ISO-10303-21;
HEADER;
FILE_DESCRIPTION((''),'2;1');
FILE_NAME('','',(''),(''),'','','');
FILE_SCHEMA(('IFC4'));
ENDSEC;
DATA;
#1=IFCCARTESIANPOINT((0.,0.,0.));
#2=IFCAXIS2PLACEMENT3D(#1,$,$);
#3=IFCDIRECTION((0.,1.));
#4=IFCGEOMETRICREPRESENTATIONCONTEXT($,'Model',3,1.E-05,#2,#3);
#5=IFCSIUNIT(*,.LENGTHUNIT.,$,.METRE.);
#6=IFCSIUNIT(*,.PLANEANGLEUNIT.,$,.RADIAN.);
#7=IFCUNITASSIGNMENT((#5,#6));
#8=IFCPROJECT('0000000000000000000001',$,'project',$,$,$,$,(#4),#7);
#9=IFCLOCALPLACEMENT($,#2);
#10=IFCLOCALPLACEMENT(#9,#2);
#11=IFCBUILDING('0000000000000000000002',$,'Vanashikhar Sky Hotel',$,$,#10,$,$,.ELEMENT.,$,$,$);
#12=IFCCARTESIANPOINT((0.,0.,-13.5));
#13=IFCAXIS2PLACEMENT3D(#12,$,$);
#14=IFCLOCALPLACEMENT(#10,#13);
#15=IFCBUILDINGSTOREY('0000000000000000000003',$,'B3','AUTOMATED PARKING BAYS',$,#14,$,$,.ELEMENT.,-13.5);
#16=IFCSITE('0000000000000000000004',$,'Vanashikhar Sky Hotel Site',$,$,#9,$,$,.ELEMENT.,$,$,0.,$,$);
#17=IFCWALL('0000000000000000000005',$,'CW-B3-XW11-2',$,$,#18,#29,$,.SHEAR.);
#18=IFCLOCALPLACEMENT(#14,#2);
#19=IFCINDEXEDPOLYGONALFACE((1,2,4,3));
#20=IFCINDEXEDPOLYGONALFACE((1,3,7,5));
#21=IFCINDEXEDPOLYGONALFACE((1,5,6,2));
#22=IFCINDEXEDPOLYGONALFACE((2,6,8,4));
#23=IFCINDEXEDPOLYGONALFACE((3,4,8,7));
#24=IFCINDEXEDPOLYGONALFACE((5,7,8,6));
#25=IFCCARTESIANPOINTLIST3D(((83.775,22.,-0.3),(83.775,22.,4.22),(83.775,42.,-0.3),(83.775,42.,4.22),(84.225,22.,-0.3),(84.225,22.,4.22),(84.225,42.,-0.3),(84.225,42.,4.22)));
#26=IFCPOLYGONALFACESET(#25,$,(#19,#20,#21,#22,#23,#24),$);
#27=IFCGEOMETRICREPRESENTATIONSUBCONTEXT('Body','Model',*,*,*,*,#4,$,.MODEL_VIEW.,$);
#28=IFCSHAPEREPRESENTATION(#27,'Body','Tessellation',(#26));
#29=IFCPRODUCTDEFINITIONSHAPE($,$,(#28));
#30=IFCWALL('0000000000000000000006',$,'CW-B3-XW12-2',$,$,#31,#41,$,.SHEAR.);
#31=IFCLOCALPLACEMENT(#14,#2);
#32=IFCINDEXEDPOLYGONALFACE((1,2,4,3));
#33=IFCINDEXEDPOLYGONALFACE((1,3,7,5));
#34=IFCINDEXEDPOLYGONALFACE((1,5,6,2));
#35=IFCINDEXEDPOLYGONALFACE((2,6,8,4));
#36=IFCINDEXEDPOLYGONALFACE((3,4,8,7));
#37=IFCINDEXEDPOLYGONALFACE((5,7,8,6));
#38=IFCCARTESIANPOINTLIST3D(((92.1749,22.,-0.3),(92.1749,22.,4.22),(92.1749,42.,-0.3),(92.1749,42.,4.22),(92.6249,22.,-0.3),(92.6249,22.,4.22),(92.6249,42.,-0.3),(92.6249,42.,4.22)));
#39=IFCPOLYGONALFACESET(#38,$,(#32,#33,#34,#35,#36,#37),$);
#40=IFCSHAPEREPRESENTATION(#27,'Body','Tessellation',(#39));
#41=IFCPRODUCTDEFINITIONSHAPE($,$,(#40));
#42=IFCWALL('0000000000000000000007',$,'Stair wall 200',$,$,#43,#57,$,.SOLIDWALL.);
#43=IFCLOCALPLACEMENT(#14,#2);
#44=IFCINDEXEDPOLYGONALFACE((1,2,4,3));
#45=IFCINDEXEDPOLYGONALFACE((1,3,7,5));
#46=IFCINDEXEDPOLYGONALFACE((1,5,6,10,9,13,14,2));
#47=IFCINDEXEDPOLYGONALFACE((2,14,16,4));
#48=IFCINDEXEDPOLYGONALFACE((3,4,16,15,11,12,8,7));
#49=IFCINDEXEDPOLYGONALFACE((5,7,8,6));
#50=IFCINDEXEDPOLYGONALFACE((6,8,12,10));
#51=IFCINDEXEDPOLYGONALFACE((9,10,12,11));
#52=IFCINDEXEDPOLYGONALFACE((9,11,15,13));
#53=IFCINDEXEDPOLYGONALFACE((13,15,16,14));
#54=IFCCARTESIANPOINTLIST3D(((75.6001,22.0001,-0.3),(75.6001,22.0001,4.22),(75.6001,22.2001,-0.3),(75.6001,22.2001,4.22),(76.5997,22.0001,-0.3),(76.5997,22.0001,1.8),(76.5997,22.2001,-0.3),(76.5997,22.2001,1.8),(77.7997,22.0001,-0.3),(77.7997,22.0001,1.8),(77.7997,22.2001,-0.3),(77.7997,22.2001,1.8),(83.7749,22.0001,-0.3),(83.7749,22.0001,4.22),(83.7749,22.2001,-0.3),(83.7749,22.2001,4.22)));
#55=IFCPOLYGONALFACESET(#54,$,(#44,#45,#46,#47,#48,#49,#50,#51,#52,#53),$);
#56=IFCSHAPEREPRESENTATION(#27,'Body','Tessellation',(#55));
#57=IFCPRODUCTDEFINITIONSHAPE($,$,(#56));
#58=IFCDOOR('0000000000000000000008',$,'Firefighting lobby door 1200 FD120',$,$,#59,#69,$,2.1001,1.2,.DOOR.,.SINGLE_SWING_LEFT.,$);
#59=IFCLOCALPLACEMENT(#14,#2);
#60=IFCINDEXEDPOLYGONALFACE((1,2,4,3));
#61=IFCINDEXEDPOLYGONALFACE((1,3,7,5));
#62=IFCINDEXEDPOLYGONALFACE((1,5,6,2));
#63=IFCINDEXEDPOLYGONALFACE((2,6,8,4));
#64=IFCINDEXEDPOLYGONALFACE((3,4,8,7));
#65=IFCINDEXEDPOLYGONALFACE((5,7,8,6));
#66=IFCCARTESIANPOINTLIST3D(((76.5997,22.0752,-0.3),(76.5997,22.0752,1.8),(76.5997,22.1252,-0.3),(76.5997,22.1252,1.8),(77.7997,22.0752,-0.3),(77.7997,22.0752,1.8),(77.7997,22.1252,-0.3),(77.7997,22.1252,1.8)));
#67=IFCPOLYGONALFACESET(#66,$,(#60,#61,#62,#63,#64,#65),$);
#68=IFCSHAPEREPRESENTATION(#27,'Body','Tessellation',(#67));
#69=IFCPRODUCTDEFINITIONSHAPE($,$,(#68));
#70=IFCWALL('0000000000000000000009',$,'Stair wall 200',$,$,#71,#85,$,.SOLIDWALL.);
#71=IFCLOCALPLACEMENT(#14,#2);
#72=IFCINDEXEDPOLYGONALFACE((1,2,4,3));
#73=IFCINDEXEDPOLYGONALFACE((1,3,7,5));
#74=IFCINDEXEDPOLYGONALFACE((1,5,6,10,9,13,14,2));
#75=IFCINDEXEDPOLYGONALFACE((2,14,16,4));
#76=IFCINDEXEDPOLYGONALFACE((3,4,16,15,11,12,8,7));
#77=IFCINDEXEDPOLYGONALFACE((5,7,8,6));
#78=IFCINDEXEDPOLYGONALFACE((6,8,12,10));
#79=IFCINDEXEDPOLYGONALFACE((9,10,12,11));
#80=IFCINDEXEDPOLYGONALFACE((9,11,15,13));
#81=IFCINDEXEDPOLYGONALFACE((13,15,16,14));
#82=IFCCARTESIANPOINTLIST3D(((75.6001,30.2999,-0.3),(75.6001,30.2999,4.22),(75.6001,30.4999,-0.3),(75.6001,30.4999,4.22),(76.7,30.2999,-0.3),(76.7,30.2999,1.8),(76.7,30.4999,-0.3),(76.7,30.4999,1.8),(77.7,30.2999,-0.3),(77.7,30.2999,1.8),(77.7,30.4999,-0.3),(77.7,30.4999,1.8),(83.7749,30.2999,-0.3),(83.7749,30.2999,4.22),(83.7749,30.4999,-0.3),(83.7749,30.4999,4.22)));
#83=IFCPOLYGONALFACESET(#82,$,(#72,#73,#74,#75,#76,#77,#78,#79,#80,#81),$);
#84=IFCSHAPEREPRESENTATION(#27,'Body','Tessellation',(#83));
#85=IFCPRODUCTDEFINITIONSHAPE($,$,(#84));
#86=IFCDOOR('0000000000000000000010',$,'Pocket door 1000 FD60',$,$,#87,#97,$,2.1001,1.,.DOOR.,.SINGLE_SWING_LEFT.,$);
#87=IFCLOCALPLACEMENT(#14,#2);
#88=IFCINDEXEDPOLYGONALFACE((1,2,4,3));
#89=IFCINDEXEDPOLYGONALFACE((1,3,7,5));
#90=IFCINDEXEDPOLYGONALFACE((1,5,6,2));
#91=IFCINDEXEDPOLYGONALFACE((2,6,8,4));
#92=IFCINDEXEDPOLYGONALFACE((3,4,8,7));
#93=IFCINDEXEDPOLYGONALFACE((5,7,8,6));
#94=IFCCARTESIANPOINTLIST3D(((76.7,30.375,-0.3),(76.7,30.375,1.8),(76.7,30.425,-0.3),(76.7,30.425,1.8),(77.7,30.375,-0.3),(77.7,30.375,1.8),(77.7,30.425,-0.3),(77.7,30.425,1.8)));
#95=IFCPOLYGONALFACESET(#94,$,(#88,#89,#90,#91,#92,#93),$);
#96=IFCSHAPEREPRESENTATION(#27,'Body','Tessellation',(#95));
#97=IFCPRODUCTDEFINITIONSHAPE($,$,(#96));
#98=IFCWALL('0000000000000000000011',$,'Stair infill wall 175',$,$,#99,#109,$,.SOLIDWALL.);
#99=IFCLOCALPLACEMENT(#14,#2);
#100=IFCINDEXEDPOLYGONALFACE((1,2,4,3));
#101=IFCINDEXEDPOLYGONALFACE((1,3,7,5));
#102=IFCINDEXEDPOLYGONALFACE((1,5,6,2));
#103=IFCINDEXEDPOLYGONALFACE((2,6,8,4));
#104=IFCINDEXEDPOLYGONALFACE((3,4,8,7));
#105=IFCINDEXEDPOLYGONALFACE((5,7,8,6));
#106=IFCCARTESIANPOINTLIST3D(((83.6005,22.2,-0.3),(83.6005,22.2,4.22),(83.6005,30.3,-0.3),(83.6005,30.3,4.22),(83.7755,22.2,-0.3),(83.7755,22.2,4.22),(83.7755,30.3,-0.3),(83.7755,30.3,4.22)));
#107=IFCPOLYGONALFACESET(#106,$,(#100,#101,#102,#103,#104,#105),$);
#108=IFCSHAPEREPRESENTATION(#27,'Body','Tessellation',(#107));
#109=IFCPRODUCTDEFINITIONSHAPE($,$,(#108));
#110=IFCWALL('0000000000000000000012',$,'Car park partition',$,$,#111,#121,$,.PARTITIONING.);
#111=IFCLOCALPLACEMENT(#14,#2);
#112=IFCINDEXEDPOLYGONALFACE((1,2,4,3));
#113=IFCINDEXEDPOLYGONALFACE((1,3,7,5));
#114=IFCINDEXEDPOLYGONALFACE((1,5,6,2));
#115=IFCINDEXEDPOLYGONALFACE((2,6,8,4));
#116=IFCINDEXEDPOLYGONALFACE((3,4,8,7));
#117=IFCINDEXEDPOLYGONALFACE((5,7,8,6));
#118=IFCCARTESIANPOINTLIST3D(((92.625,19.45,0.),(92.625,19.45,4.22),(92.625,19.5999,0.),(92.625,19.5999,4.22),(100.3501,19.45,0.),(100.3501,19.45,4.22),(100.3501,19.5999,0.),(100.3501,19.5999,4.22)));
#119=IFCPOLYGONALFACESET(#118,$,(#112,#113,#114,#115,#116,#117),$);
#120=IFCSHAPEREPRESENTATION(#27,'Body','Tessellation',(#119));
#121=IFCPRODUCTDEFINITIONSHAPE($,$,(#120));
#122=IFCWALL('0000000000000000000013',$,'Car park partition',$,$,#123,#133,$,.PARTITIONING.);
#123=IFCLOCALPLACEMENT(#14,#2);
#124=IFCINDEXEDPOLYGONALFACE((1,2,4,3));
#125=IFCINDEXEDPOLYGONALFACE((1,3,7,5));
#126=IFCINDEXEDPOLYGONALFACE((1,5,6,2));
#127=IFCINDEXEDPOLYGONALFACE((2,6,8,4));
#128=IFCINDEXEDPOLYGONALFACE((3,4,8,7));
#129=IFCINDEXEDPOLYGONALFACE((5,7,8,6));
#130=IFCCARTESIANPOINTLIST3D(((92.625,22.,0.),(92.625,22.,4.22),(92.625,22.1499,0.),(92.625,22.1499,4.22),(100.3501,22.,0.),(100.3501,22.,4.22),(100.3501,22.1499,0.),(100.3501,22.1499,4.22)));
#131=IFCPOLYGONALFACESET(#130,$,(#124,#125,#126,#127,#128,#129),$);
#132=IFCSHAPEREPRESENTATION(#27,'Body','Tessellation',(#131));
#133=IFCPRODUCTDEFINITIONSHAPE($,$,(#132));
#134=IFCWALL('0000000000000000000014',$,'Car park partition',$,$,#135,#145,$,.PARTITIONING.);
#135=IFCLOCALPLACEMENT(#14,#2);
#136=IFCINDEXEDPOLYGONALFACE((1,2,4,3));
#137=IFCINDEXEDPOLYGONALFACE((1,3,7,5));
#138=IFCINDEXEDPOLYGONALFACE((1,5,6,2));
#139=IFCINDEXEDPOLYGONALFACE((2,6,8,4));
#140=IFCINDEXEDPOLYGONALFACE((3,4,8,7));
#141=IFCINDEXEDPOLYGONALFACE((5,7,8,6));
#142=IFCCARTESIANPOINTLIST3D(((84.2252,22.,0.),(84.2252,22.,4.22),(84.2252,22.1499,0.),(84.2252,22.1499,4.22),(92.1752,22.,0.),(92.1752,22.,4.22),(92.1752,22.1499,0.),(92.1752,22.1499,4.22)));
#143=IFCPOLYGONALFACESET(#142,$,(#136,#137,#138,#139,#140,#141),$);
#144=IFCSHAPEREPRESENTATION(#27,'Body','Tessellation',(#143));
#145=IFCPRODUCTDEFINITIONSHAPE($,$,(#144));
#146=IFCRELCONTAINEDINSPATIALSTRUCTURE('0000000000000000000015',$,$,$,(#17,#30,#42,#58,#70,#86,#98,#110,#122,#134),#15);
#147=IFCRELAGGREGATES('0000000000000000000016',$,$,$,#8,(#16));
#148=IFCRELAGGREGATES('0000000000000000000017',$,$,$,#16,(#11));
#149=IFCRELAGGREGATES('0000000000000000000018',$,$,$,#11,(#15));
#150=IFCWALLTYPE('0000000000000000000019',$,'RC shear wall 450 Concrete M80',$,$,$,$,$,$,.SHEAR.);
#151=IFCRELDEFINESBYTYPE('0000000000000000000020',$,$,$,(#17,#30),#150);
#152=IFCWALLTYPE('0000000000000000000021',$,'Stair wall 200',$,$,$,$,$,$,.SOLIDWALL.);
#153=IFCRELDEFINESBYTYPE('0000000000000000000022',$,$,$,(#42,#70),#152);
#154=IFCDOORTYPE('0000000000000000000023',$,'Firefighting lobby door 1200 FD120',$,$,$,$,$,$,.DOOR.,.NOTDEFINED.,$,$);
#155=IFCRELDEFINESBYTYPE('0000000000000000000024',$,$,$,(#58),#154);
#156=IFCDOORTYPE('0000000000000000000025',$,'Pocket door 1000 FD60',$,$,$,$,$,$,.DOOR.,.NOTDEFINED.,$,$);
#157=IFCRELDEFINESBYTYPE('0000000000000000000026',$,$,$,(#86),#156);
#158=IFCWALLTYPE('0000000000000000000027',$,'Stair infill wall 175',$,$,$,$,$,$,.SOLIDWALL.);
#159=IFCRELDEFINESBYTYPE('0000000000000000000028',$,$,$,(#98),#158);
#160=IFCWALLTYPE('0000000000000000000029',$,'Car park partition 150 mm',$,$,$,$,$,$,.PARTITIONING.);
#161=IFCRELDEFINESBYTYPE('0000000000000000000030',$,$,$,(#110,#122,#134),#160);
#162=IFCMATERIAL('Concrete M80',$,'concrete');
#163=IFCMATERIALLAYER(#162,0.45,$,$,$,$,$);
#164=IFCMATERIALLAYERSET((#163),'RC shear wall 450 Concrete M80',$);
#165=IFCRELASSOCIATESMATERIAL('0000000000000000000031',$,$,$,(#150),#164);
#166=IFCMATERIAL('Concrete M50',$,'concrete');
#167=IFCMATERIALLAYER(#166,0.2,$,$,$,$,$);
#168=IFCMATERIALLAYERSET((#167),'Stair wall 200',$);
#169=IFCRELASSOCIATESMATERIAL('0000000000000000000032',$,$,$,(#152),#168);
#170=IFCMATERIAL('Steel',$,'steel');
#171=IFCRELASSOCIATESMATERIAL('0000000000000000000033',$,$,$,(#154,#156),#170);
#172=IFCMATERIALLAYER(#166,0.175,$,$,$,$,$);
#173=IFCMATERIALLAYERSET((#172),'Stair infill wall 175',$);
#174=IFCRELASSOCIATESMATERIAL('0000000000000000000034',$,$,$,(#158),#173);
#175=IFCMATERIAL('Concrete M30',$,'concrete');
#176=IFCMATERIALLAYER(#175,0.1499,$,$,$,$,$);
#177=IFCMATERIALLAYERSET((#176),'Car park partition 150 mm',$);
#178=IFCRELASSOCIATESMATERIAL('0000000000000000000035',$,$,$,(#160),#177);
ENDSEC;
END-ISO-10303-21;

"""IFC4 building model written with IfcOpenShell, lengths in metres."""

from ifc_helpers import new_model, si_unit, direction, frame, frame_2d, origin, place, context, subcontext, project, spatial, rectangle, extrude, source, transform, mapped, material, layer, layer_set, type_object, element, fill, save


model = new_model("IFC4")

# Units and contexts
model_context = context("Model", 3, precision=1e-05, world=origin(), true_north=direction((0.0, 1.0)))
body_context = subcontext(model_context, "Body", "Model", "MODEL_VIEW")
ifc_project = project(units=[si_unit("LENGTHUNIT", "METRE"), si_unit("PLANEANGLEUNIT", "RADIAN")], contexts=[model_context])

# Site, building, storey
site_placement = place(None, origin())
site = spatial("IfcSite", under=ifc_project, at=site_placement, Name="Vanashikhar Sky Hotel Site", CompositionType="ELEMENT", RefElevation=0.0)
building_placement = place(site_placement, origin())
building = spatial("IfcBuilding", under=site, at=building_placement, Name="Vanashikhar Sky Hotel", CompositionType="ELEMENT")
storey_placement = place(building_placement, frame((0.0, 0.0, -13.5)))
storey = spatial("IfcBuildingStorey", under=building, at=storey_placement, Name="B3", Description="AUTOMATED PARKING BAYS", CompositionType="ELEMENT", Elevation=-13.5)

# Shared definitions
ifc_material_1 = material(Name="Concrete M50", Category="concrete")

# Walls
ifc_material_2 = material(Name="Concrete M80", Category="concrete")
ifc_layer_1 = layer(ifc_material_2, 0.45)
ifc_layer_set_1 = layer_set([ifc_layer_1], Name="RC shear wall 450 Concrete M80")
wall_type_1 = type_object("IfcWallType", Name="RC shear wall 450 Concrete M80", PredefinedType="SHEAR", material=ifc_layer_set_1)
shared_shape_1 = source(origin(), body_context, "Body", "SweptSolid", [
    extrude(rectangle(XDim=20.0, YDim=0.45, at=frame_2d((10.0, 0.0))), origin(), (0.0, 0.0, 1.0), 4.52),
])
for number, where, z_axis, x_axis, name in (
    (1, (84.0, 22.0, -0.3), (0.0, 0.0, 1.0), (0.0, 1.0, 0.0), "CW-B3-XW11-2"),
    (2, (92.3999, 22.0, -0.3), (0.0, 0.0, 1.0), (0.0, 1.0, 0.0), "CW-B3-XW12-2"),
):
    element("IfcWall", number, at=place(storey_placement, frame(where, z_axis=z_axis, x_axis=x_axis)), inside=storey, type_object=wall_type_1, Name=name, PredefinedType="SHEAR", context=body_context, shape_type="MappedRepresentation", body=[
        mapped(shared_shape_1, transform((0.0, 0.0, 0.0), scale=1.0)),
    ])

# Walls, openings, doors
ifc_layer_2 = layer(ifc_material_1, 0.2)
ifc_layer_set_2 = layer_set([ifc_layer_2], Name="Stair wall 200")
wall_type_2 = type_object("IfcWallType", Name="Stair wall 200", PredefinedType="SOLIDWALL", material=ifc_layer_set_2)
shared_shape_2 = source(origin(), body_context, "Body", "SweptSolid", [
    extrude(rectangle(XDim=8.1748, YDim=0.2, at=frame_2d((4.0874, 0.0))), origin(), (0.0, 0.0, 1.0), 4.52),
])
wall_1_placement = place(storey_placement, frame((83.7749, 22.1001, -0.3), z_axis=(0.0, 0.0, 1.0), x_axis=(-1.0, 0.0, 0.0)))
wall_1 = element("IfcWall", 3, at=wall_1_placement, inside=storey, type_object=wall_type_2, Name="Stair wall 200", PredefinedType="SOLIDWALL", context=body_context, shape_type="MappedRepresentation", body=[
    mapped(shared_shape_2, transform((0.0, 0.0, 0.0), scale=1.0)),
])
shared_shape_3 = source(origin(), body_context, "Body", "SweptSolid", [
    extrude(rectangle(XDim=1.2, YDim=2.1001, at=frame_2d((0.6001, 1.05))), frame((0.0, 0.1099, 0.0), z_axis=(0.0, -1.0, 0.0), x_axis=(1.0, 0.0, 0.0)), (0.0, 0.0, 1.0), 0.22),
])
opening_1_placement = place(wall_1_placement, frame((5.9751, 0.0, 0.0)))
opening_1 = element("IfcOpeningElement", 4, at=opening_1_placement, cuts=wall_1, PredefinedType="OPENING", context=body_context, shape_type="MappedRepresentation", body=[
    mapped(shared_shape_3, transform((0.0, 0.0, 0.0), scale=1.0)),
])
ifc_material_3 = material(Name="Steel", Category="steel")
door_type_1 = type_object("IfcDoorType", Name="Firefighting lobby door 1200 FD120", OperationType="NOTDEFINED", PredefinedType="DOOR", material=ifc_material_3)
shared_shape_4 = source(origin(), body_context, "Body", "SweptSolid", [
    extrude(rectangle(XDim=1.2, YDim=2.1001, at=frame_2d((0.6001, 1.05))), frame((0.0, 0.0249, 0.0), z_axis=(0.0, -1.0, 0.0), x_axis=(1.0, 0.0, 0.0)), (0.0, 0.0, 1.0), 0.05),
])
door_1_placement = place(opening_1_placement, origin())
door_1 = element("IfcDoor", 5, at=door_1_placement, inside=storey, type_object=door_type_1, Name="Firefighting lobby door 1200 FD120", OperationType="SINGLE_SWING_LEFT", OverallHeight=2.1001, OverallWidth=1.2, PredefinedType="DOOR", context=body_context, shape_type="MappedRepresentation", body=[
    mapped(shared_shape_4, transform((0.0, 0.0, 0.0), scale=1.0)),
])
fill(opening_1, door_1)
wall_2_placement = place(storey_placement, frame((83.7749, 30.3999, -0.3), z_axis=(0.0, 0.0, 1.0), x_axis=(-1.0, 0.0, 0.0)))
wall_2 = element("IfcWall", 6, at=wall_2_placement, inside=storey, type_object=wall_type_2, Name="Stair wall 200", PredefinedType="SOLIDWALL", context=body_context, shape_type="MappedRepresentation", body=[
    mapped(shared_shape_2, transform((0.0, 0.0, 0.0), scale=1.0)),
])
shared_shape_5 = source(origin(), body_context, "Body", "SweptSolid", [
    extrude(rectangle(XDim=1.0, YDim=2.1001, at=frame_2d((0.5, 1.05))), frame((0.0, 0.1099, 0.0), z_axis=(0.0, -1.0, 0.0), x_axis=(1.0, 0.0, 0.0)), (0.0, 0.0, 1.0), 0.22),
])
opening_2_placement = place(wall_2_placement, frame((6.075, 0.0, 0.0)))
opening_2 = element("IfcOpeningElement", 7, at=opening_2_placement, cuts=wall_2, PredefinedType="OPENING", context=body_context, shape_type="MappedRepresentation", body=[
    mapped(shared_shape_5, transform((0.0, 0.0, 0.0), scale=1.0)),
])
door_type_2 = type_object("IfcDoorType", Name="Pocket door 1000 FD60", OperationType="NOTDEFINED", PredefinedType="DOOR", material=ifc_material_3)
shared_shape_6 = source(origin(), body_context, "Body", "SweptSolid", [
    extrude(rectangle(XDim=1.0, YDim=2.1001, at=frame_2d((0.5, 1.05))), frame((0.0, 0.0249, 0.0), z_axis=(0.0, -1.0, 0.0), x_axis=(1.0, 0.0, 0.0)), (0.0, 0.0, 1.0), 0.05),
])
door_2_placement = place(opening_2_placement, origin())
door_2 = element("IfcDoor", 8, at=door_2_placement, inside=storey, type_object=door_type_2, Name="Pocket door 1000 FD60", OperationType="SINGLE_SWING_LEFT", OverallHeight=2.1001, OverallWidth=1.0, PredefinedType="DOOR", context=body_context, shape_type="MappedRepresentation", body=[
    mapped(shared_shape_6, transform((0.0, 0.0, 0.0), scale=1.0)),
])
fill(opening_2, door_2)

# Walls
ifc_layer_3 = layer(ifc_material_1, 0.175)
ifc_layer_set_3 = layer_set([ifc_layer_3], Name="Stair infill wall 175")
wall_type_3 = type_object("IfcWallType", Name="Stair infill wall 175", PredefinedType="SOLIDWALL", material=ifc_layer_set_3)
shared_shape_7 = source(origin(), body_context, "Body", "SweptSolid", [
    extrude(rectangle(XDim=8.1001, YDim=0.175, at=frame_2d((4.05, 0.0))), origin(), (0.0, 0.0, 1.0), 4.52),
])
wall_3_placement = place(storey_placement, frame((83.688, 22.2, -0.3), z_axis=(0.0, 0.0, 1.0), x_axis=(0.0, 1.0, 0.0)))
element("IfcWall", 9, at=wall_3_placement, inside=storey, type_object=wall_type_3, Name="Stair infill wall 175", PredefinedType="SOLIDWALL", context=body_context, shape_type="MappedRepresentation", body=[
    mapped(shared_shape_7, transform((0.0, 0.0, 0.0), scale=1.0)),
])
ifc_material_4 = material(Name="Concrete M30", Category="concrete")
ifc_layer_4 = layer(ifc_material_4, 0.1499)
ifc_layer_set_4 = layer_set([ifc_layer_4], Name="Car park partition 150 mm")
wall_type_4 = type_object("IfcWallType", Name="Car park partition 150 mm", PredefinedType="PARTITIONING", material=ifc_layer_set_4)
shared_shape_8 = source(origin(), body_context, "Body", "SweptSolid", [
    extrude(rectangle(XDim=7.7251, YDim=0.1499, at=frame_2d((3.8625, 0.0))), origin(), (0.0, 0.0, 1.0), 4.22),
])
for number, where, z_axis, x_axis, name in (
    (10, (92.625, 19.5249, 0.0), (0.0, 0.0, 1.0), (1.0, 0.0, 0.0), "Car park partition"),
    (11, (92.625, 22.075, 0.0), (0.0, 0.0, 1.0), (1.0, 0.0, 0.0), "Car park partition"),
):
    element("IfcWall", number, at=place(storey_placement, frame(where, z_axis=z_axis, x_axis=x_axis)), inside=storey, type_object=wall_type_4, Name=name, PredefinedType="PARTITIONING", context=body_context, shape_type="MappedRepresentation", body=[
        mapped(shared_shape_8, transform((0.0, 0.0, 0.0), scale=1.0)),
    ])
shared_shape_9 = source(origin(), body_context, "Body", "SweptSolid", [
    extrude(rectangle(XDim=7.95, YDim=0.1499, at=frame_2d((3.9751, 0.0))), origin(), (0.0, 0.0, 1.0), 4.22),
])
wall_4_placement = place(storey_placement, frame((84.2251, 22.075, 0.0), z_axis=(0.0, 0.0, 1.0), x_axis=(1.0, 0.0, 0.0)))
element("IfcWall", 12, at=wall_4_placement, inside=storey, type_object=wall_type_4, Name="Car park partition", PredefinedType="PARTITIONING", context=body_context, shape_type="MappedRepresentation", body=[
    mapped(shared_shape_9, transform((0.0, 0.0, 0.0), scale=1.0)),
])

save(model, "model.ifc")
